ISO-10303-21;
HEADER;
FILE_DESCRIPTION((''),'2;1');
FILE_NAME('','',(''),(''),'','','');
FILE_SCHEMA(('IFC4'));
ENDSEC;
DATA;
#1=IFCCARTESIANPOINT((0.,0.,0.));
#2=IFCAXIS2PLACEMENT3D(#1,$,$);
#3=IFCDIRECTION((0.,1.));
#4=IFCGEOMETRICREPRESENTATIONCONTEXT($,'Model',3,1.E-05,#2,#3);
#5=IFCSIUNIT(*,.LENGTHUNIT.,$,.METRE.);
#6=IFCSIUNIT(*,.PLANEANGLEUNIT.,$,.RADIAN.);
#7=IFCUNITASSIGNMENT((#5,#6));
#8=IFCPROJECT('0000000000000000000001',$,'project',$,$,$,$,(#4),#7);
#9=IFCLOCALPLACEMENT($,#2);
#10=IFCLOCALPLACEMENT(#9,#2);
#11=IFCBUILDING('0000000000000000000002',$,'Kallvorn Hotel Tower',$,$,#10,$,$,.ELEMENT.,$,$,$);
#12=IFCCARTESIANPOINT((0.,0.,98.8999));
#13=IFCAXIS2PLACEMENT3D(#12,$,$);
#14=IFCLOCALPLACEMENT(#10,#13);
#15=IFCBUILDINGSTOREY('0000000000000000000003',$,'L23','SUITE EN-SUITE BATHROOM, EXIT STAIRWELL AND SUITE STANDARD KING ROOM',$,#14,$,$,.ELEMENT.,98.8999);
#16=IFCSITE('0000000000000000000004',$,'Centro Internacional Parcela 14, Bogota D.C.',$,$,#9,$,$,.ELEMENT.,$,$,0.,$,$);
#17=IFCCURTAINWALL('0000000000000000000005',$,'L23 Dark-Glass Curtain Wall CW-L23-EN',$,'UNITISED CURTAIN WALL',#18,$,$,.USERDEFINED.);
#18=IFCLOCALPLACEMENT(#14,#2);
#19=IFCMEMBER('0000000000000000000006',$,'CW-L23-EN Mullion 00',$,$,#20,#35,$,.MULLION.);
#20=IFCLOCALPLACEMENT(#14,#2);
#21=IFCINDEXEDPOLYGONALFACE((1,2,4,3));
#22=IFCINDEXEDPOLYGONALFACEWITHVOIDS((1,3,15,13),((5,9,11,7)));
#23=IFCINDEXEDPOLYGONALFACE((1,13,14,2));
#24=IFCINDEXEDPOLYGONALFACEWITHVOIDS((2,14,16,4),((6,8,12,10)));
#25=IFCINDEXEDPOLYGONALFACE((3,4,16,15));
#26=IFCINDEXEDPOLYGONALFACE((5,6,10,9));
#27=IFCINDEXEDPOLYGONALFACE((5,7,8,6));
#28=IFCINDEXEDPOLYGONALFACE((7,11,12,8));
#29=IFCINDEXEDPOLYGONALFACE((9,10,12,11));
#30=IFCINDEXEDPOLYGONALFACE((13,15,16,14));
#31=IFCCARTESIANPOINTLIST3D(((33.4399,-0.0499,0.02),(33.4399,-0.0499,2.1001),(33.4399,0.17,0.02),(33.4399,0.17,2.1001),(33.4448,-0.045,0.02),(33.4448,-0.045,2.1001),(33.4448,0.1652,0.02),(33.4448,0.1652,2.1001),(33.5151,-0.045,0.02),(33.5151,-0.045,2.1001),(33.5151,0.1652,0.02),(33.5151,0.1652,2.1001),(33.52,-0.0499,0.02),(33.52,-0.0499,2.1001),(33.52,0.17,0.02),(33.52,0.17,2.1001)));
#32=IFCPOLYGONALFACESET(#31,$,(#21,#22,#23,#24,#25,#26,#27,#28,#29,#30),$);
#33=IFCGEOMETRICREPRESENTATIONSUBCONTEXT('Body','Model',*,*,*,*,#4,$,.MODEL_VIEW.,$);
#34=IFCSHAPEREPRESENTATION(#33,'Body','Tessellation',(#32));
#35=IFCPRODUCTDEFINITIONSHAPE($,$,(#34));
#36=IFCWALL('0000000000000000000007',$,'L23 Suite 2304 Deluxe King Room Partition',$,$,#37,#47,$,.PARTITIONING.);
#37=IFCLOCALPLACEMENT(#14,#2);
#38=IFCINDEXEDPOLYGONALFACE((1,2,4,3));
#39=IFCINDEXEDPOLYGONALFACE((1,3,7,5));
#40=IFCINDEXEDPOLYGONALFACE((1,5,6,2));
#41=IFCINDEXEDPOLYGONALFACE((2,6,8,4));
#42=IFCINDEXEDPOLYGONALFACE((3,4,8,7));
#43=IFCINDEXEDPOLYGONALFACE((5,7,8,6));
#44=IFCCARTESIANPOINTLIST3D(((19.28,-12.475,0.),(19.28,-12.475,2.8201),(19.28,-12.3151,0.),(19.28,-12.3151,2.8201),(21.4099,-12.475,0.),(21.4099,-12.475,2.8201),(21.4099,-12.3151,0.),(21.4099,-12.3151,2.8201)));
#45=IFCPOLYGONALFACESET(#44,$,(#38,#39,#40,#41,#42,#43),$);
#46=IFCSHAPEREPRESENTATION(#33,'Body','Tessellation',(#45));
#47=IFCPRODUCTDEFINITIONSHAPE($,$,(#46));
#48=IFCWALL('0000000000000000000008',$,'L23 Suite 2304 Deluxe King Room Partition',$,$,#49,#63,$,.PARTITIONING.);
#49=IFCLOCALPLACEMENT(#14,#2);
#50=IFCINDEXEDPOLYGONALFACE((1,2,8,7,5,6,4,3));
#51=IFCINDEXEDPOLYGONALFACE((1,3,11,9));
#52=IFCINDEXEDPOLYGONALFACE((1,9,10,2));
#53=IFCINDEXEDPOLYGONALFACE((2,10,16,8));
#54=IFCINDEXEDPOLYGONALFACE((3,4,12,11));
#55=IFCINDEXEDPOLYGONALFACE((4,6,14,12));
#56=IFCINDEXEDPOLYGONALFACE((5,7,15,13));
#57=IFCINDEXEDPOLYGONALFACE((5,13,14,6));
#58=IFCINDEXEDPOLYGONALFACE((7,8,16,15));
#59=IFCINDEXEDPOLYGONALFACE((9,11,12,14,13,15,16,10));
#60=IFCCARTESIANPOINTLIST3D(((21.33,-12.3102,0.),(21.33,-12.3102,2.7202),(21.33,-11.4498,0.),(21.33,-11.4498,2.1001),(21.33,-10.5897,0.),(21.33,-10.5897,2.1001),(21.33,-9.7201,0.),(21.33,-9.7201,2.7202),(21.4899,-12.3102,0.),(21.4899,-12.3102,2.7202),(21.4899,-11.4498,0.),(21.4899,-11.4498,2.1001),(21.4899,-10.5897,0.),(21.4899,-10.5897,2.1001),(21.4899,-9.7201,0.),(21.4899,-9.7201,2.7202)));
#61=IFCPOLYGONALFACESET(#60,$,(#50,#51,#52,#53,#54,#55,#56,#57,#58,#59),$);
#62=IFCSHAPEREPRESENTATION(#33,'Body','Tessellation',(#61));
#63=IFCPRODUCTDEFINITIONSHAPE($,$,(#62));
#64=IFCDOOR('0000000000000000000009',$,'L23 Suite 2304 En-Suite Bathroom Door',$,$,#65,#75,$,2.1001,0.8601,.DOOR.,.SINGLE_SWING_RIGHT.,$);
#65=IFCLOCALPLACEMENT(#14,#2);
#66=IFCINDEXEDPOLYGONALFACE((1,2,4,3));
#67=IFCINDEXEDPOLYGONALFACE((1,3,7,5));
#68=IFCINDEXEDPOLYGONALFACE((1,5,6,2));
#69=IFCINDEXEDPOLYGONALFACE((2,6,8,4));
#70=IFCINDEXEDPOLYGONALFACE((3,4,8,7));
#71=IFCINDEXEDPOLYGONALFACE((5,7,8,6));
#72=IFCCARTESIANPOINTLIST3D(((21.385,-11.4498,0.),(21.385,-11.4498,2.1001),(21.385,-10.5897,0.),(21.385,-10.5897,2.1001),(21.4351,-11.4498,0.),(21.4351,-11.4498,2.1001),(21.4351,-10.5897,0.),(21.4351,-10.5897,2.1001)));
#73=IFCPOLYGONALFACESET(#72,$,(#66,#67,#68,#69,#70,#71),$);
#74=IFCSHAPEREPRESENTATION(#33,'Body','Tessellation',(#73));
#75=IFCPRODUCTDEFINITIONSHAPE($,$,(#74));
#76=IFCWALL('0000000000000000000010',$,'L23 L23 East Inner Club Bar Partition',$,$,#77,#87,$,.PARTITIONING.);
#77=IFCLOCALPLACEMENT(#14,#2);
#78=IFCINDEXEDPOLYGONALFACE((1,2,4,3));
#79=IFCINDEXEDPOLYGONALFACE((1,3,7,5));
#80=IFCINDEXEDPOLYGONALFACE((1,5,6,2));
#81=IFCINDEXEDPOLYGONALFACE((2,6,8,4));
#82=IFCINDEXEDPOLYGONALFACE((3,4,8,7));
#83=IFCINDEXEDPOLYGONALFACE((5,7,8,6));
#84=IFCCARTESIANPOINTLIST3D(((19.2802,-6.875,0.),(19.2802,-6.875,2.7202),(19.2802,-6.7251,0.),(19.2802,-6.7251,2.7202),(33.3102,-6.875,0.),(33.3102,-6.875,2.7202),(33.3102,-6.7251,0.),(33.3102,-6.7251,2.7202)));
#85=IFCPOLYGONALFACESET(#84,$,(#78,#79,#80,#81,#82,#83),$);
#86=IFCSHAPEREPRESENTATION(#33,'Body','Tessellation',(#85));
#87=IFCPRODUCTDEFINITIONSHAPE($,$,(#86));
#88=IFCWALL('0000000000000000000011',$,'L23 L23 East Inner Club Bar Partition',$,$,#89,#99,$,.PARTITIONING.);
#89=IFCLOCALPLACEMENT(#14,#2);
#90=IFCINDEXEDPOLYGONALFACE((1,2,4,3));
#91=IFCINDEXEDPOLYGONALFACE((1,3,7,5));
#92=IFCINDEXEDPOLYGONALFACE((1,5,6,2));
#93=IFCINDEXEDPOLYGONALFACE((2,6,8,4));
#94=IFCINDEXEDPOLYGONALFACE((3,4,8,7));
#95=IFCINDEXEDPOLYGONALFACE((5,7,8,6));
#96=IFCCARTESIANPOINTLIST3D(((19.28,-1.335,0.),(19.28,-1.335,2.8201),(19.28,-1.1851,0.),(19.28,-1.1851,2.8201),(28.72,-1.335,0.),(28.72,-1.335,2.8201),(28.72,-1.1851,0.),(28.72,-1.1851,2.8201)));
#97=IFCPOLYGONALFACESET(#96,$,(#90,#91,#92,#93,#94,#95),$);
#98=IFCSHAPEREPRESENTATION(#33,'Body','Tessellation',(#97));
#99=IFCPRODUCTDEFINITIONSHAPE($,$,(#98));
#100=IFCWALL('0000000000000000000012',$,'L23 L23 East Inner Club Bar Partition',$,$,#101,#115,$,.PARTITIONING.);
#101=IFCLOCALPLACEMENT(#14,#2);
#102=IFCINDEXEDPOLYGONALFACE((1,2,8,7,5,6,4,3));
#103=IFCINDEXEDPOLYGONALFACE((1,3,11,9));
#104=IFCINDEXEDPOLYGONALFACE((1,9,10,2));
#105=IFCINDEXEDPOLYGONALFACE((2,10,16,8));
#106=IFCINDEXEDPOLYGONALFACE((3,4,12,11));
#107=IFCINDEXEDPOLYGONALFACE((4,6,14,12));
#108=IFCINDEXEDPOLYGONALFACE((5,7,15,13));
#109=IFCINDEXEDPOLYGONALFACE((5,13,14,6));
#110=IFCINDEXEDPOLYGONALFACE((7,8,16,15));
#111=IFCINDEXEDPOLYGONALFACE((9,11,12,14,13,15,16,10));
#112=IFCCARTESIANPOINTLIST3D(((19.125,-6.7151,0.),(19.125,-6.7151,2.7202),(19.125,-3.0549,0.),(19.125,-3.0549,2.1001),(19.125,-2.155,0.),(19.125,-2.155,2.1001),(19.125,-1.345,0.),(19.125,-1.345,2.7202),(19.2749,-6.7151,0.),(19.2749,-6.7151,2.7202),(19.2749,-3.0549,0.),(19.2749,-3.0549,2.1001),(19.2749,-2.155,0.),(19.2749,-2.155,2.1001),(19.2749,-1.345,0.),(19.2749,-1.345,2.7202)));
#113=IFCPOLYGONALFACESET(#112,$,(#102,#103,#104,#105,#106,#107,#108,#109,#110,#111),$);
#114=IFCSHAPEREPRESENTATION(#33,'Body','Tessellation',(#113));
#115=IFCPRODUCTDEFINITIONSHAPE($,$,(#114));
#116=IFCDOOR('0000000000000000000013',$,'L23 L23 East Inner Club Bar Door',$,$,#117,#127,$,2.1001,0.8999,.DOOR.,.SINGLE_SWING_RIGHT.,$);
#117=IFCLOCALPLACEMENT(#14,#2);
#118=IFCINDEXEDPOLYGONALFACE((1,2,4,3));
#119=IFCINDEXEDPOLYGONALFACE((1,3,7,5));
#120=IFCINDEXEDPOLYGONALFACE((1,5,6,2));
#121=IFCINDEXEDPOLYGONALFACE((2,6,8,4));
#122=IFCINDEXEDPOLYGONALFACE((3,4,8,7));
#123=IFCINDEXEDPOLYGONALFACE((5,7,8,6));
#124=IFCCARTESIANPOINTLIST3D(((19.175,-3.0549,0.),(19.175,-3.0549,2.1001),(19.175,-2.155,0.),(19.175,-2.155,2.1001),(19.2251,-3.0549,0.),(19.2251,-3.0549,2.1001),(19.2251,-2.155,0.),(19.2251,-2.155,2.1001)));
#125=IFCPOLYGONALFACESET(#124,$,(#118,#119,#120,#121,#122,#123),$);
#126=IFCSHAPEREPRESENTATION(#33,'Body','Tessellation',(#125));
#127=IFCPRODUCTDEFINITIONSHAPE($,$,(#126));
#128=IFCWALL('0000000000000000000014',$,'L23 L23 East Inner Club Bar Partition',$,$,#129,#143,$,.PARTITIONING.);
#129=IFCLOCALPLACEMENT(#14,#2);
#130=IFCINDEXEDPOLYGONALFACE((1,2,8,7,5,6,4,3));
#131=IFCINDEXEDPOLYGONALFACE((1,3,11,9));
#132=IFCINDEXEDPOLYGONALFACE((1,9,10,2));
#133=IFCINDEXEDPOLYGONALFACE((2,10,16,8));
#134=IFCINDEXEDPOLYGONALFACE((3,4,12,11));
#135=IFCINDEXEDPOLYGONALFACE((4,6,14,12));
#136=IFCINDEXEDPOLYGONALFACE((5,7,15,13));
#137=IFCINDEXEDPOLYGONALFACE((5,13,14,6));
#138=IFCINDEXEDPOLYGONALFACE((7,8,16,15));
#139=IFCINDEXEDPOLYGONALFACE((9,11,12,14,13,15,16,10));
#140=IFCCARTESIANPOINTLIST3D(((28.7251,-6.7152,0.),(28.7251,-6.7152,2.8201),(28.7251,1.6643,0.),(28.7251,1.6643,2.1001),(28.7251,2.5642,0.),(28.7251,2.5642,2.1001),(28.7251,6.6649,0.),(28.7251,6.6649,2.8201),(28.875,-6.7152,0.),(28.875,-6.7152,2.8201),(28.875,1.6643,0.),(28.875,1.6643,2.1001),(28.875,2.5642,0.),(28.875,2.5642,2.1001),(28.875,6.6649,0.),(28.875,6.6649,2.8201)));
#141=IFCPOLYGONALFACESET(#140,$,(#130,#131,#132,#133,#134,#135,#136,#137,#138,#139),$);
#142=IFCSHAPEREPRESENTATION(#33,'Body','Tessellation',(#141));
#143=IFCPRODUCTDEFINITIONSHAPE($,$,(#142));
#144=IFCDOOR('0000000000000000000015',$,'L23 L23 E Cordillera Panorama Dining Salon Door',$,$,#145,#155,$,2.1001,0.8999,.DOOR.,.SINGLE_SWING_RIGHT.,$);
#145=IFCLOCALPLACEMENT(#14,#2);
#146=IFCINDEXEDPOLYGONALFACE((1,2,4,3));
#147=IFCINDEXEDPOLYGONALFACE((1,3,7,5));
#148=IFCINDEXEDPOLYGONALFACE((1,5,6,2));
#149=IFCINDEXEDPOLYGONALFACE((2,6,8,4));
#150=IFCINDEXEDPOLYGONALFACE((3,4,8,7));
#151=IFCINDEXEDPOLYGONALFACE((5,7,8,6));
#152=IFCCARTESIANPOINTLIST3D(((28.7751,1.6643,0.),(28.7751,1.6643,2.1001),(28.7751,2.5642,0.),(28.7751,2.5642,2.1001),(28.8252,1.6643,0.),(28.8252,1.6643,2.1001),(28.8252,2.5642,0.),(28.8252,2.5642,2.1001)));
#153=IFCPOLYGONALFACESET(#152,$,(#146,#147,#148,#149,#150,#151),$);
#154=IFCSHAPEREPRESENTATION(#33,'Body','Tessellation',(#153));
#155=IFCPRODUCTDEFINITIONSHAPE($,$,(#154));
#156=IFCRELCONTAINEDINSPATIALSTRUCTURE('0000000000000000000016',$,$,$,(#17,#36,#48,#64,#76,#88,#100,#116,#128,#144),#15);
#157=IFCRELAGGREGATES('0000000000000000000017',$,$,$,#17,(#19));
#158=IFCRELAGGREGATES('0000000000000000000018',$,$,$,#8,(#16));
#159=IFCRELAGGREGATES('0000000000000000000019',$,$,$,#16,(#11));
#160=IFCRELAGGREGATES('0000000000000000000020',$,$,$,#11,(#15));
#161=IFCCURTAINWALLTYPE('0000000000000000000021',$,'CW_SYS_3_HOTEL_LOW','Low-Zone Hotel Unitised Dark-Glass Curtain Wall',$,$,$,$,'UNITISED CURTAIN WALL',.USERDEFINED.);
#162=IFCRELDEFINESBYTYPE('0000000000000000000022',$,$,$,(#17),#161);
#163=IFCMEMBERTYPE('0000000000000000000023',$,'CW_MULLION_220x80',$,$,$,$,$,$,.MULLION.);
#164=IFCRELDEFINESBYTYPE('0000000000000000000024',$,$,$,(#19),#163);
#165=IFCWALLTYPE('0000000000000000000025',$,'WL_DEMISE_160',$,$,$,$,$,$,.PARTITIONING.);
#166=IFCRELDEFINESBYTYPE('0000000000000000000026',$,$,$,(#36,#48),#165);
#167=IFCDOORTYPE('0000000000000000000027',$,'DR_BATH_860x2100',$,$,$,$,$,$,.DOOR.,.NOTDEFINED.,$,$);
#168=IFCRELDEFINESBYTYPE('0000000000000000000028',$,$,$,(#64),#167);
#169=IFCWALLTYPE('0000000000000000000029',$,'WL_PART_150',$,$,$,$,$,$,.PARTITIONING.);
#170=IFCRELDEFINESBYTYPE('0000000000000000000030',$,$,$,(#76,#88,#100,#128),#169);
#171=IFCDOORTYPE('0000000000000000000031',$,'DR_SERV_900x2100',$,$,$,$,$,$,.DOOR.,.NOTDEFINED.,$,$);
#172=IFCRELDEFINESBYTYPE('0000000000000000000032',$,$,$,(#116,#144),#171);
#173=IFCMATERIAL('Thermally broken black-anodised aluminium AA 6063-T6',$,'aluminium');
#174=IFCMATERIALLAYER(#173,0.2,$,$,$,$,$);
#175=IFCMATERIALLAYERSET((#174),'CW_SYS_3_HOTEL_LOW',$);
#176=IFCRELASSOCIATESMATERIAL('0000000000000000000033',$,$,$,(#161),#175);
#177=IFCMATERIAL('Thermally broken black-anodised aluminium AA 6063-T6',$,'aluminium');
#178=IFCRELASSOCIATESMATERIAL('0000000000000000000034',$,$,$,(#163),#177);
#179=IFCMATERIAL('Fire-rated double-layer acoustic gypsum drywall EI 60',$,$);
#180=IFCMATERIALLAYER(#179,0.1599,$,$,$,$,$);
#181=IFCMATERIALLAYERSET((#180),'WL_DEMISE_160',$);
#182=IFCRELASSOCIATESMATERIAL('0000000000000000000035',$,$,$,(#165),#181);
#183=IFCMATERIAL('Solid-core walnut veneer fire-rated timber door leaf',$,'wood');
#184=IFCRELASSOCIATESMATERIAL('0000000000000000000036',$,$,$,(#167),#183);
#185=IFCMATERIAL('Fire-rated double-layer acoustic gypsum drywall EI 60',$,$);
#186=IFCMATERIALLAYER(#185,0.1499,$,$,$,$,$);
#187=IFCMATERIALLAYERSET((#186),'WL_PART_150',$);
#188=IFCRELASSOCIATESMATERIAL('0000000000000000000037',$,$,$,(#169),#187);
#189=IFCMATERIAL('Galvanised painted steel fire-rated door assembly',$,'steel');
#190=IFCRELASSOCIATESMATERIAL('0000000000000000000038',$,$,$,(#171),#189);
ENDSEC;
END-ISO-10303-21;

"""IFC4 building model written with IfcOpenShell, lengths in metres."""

from ifc_helpers import new_model, si_unit, direction, frame, frame_2d, origin, origin_2d, place, context, subcontext, project, spatial, rectangle, hollow_rectangle, extrude, material, layer, layer_set, material_profile, profile_set, type_object, element, fill, aggregate, save


model = new_model("IFC4")

# Units and contexts
model_context = context("Model", 3, precision=1e-05, world=origin(), true_north=direction((0.0, 1.0)))
body_context = subcontext(model_context, "Body", "Model", "MODEL_VIEW")
ifc_project = project(units=[si_unit("LENGTHUNIT", "METRE"), si_unit("PLANEANGLEUNIT", "RADIAN")], contexts=[model_context])

# Site, building, storey
site_placement = place(None, origin())
site = spatial("IfcSite", under=ifc_project, at=site_placement, Name="Centro Internacional Parcela 14, Bogota D.C.", CompositionType="ELEMENT", RefElevation=0.0)
building_placement = place(site_placement, origin())
building = spatial("IfcBuilding", under=site, at=building_placement, Name="Kallvorn Hotel Tower", CompositionType="ELEMENT")
storey_placement = place(building_placement, frame((0.0, 0.0, 98.8999)))
storey = spatial("IfcBuildingStorey", under=building, at=storey_placement, Name="L23", Description="SUITE EN-SUITE BATHROOM, EXIT STAIRWELL AND SUITE STANDARD KING ROOM", CompositionType="ELEMENT", Elevation=98.8999)

# Curtain wall, member
ifc_material_1 = material(Name="Thermally broken black-anodised aluminium AA 6063-T6", Category="aluminium")
ifc_layer_1 = layer(ifc_material_1, 0.2)
ifc_layer_set_1 = layer_set([ifc_layer_1], Name="CW_SYS_3_HOTEL_LOW")
curtain_wall_type = type_object("IfcCurtainWallType", Name="CW_SYS_3_HOTEL_LOW", Description="Low-Zone Hotel Unitised Dark-Glass Curtain Wall", ElementType="UNITISED CURTAIN WALL", PredefinedType="USERDEFINED", material=ifc_layer_set_1)
curtain_wall_placement = place(storey_placement, origin())
curtain_wall = element("IfcCurtainWall", 1, at=curtain_wall_placement, inside=storey, type_object=curtain_wall_type, Name="L23 Dark-Glass Curtain Wall CW-L23-EN", ObjectType="UNITISED CURTAIN WALL", PredefinedType="USERDEFINED")
ifc_material_2 = material(Name="Thermally broken black-anodised aluminium AA 6063-T6", Category="aluminium")
ifc_material_profile_1 = material_profile(ifc_material_2, hollow_rectangle(XDim=0.0801, YDim=0.22, WallThickness=0.0049, at=origin_2d()), Name="MUL 220x80")
ifc_profile_set_1 = profile_set([ifc_material_profile_1], Name="Thermally broken black-anodised aluminium AA 6063-T6")
member_type = type_object("IfcMemberType", Name="CW_MULLION_220x80", PredefinedType="MULLION", material=ifc_profile_set_1)
member_placement = place(storey_placement, frame((33.48, 0.0601, 0.02), z_axis=(0.0, 0.0, 1.0), x_axis=(1.0, 0.0, 0.0)))
member = element("IfcMember", 2, at=member_placement, type_object=member_type, Name="CW-L23-EN Mullion 00", PredefinedType="MULLION", context=body_context, shape_type="SweptSolid", body=[
    extrude(hollow_rectangle(XDim=0.0801, YDim=0.22, WallThickness=0.0049, at=origin_2d()), origin(), (0.0, 0.0, 1.0), 2.0801),
])
aggregate(curtain_wall, [member])

# Wall
ifc_material_3 = material(Name="Fire-rated double-layer acoustic gypsum drywall EI 60")
ifc_layer_2 = layer(ifc_material_3, 0.1599)
ifc_layer_set_2 = layer_set([ifc_layer_2], Name="WL_DEMISE_160")
wall_type_1 = type_object("IfcWallType", Name="WL_DEMISE_160", PredefinedType="PARTITIONING", material=ifc_layer_set_2)
wall_1_placement = place(storey_placement, frame((19.28, -12.395, 0.0), z_axis=(0.0, 0.0, 1.0), x_axis=(1.0, 0.0, 0.0)))
element("IfcWall", 3, at=wall_1_placement, inside=storey, type_object=wall_type_1, Name="L23 Suite 2304 Deluxe King Room Partition", PredefinedType="PARTITIONING", context=body_context, shape_type="SweptSolid", body=[
    extrude(rectangle(XDim=2.1299, YDim=0.1599, at=frame_2d((1.0649, 0.0))), origin(), (0.0, 0.0, 1.0), 2.8201),
])

# Wall, opening, door
wall_2_placement = place(storey_placement, frame((21.4099, -12.3101, 0.0), z_axis=(0.0, 0.0, 1.0), x_axis=(0.0, 1.0, 0.0)))
wall_2 = element("IfcWall", 4, at=wall_2_placement, inside=storey, type_object=wall_type_1, Name="L23 Suite 2304 Deluxe King Room Partition", PredefinedType="PARTITIONING", context=body_context, shape_type="SweptSolid", body=[
    extrude(rectangle(XDim=2.5901, YDim=0.1599, at=frame_2d((1.2949, 0.0))), origin(), (0.0, 0.0, 1.0), 2.7202),
])
opening_1_placement = place(wall_2_placement, frame((0.8601, 0.0, 0.0)))
opening_1 = element("IfcOpeningElement", 5, at=opening_1_placement, cuts=wall_2, PredefinedType="OPENING", context=body_context, shape_type="SweptSolid", body=[
    extrude(rectangle(XDim=0.8601, YDim=2.1001, at=frame_2d((0.4302, 1.05))), frame((0.0, 0.095, 0.0), z_axis=(0.0, -1.0, 0.0), x_axis=(1.0, 0.0, 0.0)), (0.0, 0.0, 1.0), 0.1899),
])
ifc_material_4 = material(Name="Solid-core walnut veneer fire-rated timber door leaf", Category="wood")
door_type_1 = type_object("IfcDoorType", Name="DR_BATH_860x2100", OperationType="NOTDEFINED", PredefinedType="DOOR", material=ifc_material_4)
door_1_placement = place(opening_1_placement, origin())
door_1 = element("IfcDoor", 6, at=door_1_placement, inside=storey, type_object=door_type_1, Name="L23 Suite 2304 En-Suite Bathroom Door", OperationType="SINGLE_SWING_RIGHT", OverallHeight=2.1001, OverallWidth=0.8601, PredefinedType="DOOR", context=body_context, shape_type="SweptSolid", body=[
    extrude(rectangle(XDim=0.8601, YDim=2.1001, at=frame_2d((0.4302, 1.05))), frame((0.0, 0.0249, 0.0), z_axis=(0.0, -1.0, 0.0), x_axis=(1.0, 0.0, 0.0)), (0.0, 0.0, 1.0), 0.05),
])
fill(opening_1, door_1)

# Walls
ifc_material_5 = material(Name="Fire-rated double-layer acoustic gypsum drywall EI 60")
ifc_layer_3 = layer(ifc_material_5, 0.1499)
ifc_layer_set_3 = layer_set([ifc_layer_3], Name="WL_PART_150")
wall_type_2 = type_object("IfcWallType", Name="WL_PART_150", PredefinedType="PARTITIONING", material=ifc_layer_set_3)
wall_3_placement = place(storey_placement, frame((19.28, -6.8, 0.0), z_axis=(0.0, 0.0, 1.0), x_axis=(1.0, 0.0, 0.0)))
element("IfcWall", 7, at=wall_3_placement, inside=storey, type_object=wall_type_2, Name="L23 L23 East Inner Club Bar Partition", PredefinedType="PARTITIONING", context=body_context, shape_type="SweptSolid", body=[
    extrude(rectangle(XDim=14.03, YDim=0.1499, at=frame_2d((7.0151, 0.0))), origin(), (0.0, 0.0, 1.0), 2.7202),
])
wall_4_placement = place(storey_placement, frame((19.28, -1.26, 0.0), z_axis=(0.0, 0.0, 1.0), x_axis=(1.0, 0.0, 0.0)))
element("IfcWall", 8, at=wall_4_placement, inside=storey, type_object=wall_type_2, Name="L23 L23 East Inner Club Bar Partition", PredefinedType="PARTITIONING", context=body_context, shape_type="SweptSolid", body=[
    extrude(rectangle(XDim=9.4399, YDim=0.1499, at=frame_2d((4.72, 0.0))), origin(), (0.0, 0.0, 1.0), 2.8201),
])

# Walls, openings, doors
wall_5_placement = place(storey_placement, frame((19.2, -6.7151, 0.0), z_axis=(0.0, 0.0, 1.0), x_axis=(0.0, 1.0, 0.0)))
wall_5 = element("IfcWall", 9, at=wall_5_placement, inside=storey, type_object=wall_type_2, Name="L23 L23 East Inner Club Bar Partition", PredefinedType="PARTITIONING", context=body_context, shape_type="SweptSolid", body=[
    extrude(rectangle(XDim=5.3701, YDim=0.1499, at=frame_2d((2.6851, 0.0))), origin(), (0.0, 0.0, 1.0), 2.7202),
])
opening_2_placement = place(wall_5_placement, frame((3.6602, 0.0, 0.0)))
opening_2 = element("IfcOpeningElement", 10, at=opening_2_placement, cuts=wall_5, PredefinedType="OPENING", context=body_context, shape_type="SweptSolid", body=[
    extrude(rectangle(XDim=0.8999, YDim=2.1001, at=frame_2d((0.45, 1.05))), frame((0.0, 0.0898, 0.0), z_axis=(0.0, -1.0, 0.0), x_axis=(1.0, 0.0, 0.0)), (0.0, 0.0, 1.0), 0.1799),
])
ifc_material_6 = material(Name="Galvanised painted steel fire-rated door assembly", Category="steel")
door_type_2 = type_object("IfcDoorType", Name="DR_SERV_900x2100", OperationType="NOTDEFINED", PredefinedType="DOOR", material=ifc_material_6)
door_2_placement = place(opening_2_placement, origin())
door_2 = element("IfcDoor", 11, at=door_2_placement, inside=storey, type_object=door_type_2, Name="L23 L23 East Inner Club Bar Door", OperationType="SINGLE_SWING_RIGHT", OverallHeight=2.1001, OverallWidth=0.8999, PredefinedType="DOOR", context=body_context, shape_type="SweptSolid", body=[
    extrude(rectangle(XDim=0.8999, YDim=2.1001, at=frame_2d((0.45, 1.05))), frame((0.0, 0.0249, 0.0), z_axis=(0.0, -1.0, 0.0), x_axis=(1.0, 0.0, 0.0)), (0.0, 0.0, 1.0), 0.05),
])
fill(opening_2, door_2)
wall_6_placement = place(storey_placement, frame((28.8, -6.7151, 0.0), z_axis=(0.0, 0.0, 1.0), x_axis=(0.0, 1.0, 0.0)))
wall_6 = element("IfcWall", 12, at=wall_6_placement, inside=storey, type_object=wall_type_2, Name="L23 L23 East Inner Club Bar Partition", PredefinedType="PARTITIONING", context=body_context, shape_type="SweptSolid", body=[
    extrude(rectangle(XDim=13.3801, YDim=0.1499, at=frame_2d((6.6899, 0.0))), origin(), (0.0, 0.0, 1.0), 2.8201),
])
opening_3_placement = place(wall_6_placement, frame((8.3794, 0.0, 0.0)))
opening_3 = element("IfcOpeningElement", 13, at=opening_3_placement, cuts=wall_6, PredefinedType="OPENING", context=body_context, shape_type="SweptSolid", body=[
    extrude(rectangle(XDim=0.8999, YDim=2.1001, at=frame_2d((0.45, 1.05))), frame((0.0, 0.0898, 0.0), z_axis=(0.0, -1.0, 0.0), x_axis=(1.0, 0.0, 0.0)), (0.0, 0.0, 1.0), 0.1799),
])
door_3_placement = place(opening_3_placement, origin())
door_3 = element("IfcDoor", 14, at=door_3_placement, inside=storey, type_object=door_type_2, Name="L23 L23 E Cordillera Panorama Dining Salon Door", OperationType="SINGLE_SWING_RIGHT", OverallHeight=2.1001, OverallWidth=0.8999, PredefinedType="DOOR", context=body_context, shape_type="SweptSolid", body=[
    extrude(rectangle(XDim=0.8999, YDim=2.1001, at=frame_2d((0.45, 1.05))), frame((0.0, 0.0249, 0.0), z_axis=(0.0, -1.0, 0.0), x_axis=(1.0, 0.0, 0.0)), (0.0, 0.0, 1.0), 0.05),
])
fill(opening_3, door_3)

save(model, "model.ifc")
